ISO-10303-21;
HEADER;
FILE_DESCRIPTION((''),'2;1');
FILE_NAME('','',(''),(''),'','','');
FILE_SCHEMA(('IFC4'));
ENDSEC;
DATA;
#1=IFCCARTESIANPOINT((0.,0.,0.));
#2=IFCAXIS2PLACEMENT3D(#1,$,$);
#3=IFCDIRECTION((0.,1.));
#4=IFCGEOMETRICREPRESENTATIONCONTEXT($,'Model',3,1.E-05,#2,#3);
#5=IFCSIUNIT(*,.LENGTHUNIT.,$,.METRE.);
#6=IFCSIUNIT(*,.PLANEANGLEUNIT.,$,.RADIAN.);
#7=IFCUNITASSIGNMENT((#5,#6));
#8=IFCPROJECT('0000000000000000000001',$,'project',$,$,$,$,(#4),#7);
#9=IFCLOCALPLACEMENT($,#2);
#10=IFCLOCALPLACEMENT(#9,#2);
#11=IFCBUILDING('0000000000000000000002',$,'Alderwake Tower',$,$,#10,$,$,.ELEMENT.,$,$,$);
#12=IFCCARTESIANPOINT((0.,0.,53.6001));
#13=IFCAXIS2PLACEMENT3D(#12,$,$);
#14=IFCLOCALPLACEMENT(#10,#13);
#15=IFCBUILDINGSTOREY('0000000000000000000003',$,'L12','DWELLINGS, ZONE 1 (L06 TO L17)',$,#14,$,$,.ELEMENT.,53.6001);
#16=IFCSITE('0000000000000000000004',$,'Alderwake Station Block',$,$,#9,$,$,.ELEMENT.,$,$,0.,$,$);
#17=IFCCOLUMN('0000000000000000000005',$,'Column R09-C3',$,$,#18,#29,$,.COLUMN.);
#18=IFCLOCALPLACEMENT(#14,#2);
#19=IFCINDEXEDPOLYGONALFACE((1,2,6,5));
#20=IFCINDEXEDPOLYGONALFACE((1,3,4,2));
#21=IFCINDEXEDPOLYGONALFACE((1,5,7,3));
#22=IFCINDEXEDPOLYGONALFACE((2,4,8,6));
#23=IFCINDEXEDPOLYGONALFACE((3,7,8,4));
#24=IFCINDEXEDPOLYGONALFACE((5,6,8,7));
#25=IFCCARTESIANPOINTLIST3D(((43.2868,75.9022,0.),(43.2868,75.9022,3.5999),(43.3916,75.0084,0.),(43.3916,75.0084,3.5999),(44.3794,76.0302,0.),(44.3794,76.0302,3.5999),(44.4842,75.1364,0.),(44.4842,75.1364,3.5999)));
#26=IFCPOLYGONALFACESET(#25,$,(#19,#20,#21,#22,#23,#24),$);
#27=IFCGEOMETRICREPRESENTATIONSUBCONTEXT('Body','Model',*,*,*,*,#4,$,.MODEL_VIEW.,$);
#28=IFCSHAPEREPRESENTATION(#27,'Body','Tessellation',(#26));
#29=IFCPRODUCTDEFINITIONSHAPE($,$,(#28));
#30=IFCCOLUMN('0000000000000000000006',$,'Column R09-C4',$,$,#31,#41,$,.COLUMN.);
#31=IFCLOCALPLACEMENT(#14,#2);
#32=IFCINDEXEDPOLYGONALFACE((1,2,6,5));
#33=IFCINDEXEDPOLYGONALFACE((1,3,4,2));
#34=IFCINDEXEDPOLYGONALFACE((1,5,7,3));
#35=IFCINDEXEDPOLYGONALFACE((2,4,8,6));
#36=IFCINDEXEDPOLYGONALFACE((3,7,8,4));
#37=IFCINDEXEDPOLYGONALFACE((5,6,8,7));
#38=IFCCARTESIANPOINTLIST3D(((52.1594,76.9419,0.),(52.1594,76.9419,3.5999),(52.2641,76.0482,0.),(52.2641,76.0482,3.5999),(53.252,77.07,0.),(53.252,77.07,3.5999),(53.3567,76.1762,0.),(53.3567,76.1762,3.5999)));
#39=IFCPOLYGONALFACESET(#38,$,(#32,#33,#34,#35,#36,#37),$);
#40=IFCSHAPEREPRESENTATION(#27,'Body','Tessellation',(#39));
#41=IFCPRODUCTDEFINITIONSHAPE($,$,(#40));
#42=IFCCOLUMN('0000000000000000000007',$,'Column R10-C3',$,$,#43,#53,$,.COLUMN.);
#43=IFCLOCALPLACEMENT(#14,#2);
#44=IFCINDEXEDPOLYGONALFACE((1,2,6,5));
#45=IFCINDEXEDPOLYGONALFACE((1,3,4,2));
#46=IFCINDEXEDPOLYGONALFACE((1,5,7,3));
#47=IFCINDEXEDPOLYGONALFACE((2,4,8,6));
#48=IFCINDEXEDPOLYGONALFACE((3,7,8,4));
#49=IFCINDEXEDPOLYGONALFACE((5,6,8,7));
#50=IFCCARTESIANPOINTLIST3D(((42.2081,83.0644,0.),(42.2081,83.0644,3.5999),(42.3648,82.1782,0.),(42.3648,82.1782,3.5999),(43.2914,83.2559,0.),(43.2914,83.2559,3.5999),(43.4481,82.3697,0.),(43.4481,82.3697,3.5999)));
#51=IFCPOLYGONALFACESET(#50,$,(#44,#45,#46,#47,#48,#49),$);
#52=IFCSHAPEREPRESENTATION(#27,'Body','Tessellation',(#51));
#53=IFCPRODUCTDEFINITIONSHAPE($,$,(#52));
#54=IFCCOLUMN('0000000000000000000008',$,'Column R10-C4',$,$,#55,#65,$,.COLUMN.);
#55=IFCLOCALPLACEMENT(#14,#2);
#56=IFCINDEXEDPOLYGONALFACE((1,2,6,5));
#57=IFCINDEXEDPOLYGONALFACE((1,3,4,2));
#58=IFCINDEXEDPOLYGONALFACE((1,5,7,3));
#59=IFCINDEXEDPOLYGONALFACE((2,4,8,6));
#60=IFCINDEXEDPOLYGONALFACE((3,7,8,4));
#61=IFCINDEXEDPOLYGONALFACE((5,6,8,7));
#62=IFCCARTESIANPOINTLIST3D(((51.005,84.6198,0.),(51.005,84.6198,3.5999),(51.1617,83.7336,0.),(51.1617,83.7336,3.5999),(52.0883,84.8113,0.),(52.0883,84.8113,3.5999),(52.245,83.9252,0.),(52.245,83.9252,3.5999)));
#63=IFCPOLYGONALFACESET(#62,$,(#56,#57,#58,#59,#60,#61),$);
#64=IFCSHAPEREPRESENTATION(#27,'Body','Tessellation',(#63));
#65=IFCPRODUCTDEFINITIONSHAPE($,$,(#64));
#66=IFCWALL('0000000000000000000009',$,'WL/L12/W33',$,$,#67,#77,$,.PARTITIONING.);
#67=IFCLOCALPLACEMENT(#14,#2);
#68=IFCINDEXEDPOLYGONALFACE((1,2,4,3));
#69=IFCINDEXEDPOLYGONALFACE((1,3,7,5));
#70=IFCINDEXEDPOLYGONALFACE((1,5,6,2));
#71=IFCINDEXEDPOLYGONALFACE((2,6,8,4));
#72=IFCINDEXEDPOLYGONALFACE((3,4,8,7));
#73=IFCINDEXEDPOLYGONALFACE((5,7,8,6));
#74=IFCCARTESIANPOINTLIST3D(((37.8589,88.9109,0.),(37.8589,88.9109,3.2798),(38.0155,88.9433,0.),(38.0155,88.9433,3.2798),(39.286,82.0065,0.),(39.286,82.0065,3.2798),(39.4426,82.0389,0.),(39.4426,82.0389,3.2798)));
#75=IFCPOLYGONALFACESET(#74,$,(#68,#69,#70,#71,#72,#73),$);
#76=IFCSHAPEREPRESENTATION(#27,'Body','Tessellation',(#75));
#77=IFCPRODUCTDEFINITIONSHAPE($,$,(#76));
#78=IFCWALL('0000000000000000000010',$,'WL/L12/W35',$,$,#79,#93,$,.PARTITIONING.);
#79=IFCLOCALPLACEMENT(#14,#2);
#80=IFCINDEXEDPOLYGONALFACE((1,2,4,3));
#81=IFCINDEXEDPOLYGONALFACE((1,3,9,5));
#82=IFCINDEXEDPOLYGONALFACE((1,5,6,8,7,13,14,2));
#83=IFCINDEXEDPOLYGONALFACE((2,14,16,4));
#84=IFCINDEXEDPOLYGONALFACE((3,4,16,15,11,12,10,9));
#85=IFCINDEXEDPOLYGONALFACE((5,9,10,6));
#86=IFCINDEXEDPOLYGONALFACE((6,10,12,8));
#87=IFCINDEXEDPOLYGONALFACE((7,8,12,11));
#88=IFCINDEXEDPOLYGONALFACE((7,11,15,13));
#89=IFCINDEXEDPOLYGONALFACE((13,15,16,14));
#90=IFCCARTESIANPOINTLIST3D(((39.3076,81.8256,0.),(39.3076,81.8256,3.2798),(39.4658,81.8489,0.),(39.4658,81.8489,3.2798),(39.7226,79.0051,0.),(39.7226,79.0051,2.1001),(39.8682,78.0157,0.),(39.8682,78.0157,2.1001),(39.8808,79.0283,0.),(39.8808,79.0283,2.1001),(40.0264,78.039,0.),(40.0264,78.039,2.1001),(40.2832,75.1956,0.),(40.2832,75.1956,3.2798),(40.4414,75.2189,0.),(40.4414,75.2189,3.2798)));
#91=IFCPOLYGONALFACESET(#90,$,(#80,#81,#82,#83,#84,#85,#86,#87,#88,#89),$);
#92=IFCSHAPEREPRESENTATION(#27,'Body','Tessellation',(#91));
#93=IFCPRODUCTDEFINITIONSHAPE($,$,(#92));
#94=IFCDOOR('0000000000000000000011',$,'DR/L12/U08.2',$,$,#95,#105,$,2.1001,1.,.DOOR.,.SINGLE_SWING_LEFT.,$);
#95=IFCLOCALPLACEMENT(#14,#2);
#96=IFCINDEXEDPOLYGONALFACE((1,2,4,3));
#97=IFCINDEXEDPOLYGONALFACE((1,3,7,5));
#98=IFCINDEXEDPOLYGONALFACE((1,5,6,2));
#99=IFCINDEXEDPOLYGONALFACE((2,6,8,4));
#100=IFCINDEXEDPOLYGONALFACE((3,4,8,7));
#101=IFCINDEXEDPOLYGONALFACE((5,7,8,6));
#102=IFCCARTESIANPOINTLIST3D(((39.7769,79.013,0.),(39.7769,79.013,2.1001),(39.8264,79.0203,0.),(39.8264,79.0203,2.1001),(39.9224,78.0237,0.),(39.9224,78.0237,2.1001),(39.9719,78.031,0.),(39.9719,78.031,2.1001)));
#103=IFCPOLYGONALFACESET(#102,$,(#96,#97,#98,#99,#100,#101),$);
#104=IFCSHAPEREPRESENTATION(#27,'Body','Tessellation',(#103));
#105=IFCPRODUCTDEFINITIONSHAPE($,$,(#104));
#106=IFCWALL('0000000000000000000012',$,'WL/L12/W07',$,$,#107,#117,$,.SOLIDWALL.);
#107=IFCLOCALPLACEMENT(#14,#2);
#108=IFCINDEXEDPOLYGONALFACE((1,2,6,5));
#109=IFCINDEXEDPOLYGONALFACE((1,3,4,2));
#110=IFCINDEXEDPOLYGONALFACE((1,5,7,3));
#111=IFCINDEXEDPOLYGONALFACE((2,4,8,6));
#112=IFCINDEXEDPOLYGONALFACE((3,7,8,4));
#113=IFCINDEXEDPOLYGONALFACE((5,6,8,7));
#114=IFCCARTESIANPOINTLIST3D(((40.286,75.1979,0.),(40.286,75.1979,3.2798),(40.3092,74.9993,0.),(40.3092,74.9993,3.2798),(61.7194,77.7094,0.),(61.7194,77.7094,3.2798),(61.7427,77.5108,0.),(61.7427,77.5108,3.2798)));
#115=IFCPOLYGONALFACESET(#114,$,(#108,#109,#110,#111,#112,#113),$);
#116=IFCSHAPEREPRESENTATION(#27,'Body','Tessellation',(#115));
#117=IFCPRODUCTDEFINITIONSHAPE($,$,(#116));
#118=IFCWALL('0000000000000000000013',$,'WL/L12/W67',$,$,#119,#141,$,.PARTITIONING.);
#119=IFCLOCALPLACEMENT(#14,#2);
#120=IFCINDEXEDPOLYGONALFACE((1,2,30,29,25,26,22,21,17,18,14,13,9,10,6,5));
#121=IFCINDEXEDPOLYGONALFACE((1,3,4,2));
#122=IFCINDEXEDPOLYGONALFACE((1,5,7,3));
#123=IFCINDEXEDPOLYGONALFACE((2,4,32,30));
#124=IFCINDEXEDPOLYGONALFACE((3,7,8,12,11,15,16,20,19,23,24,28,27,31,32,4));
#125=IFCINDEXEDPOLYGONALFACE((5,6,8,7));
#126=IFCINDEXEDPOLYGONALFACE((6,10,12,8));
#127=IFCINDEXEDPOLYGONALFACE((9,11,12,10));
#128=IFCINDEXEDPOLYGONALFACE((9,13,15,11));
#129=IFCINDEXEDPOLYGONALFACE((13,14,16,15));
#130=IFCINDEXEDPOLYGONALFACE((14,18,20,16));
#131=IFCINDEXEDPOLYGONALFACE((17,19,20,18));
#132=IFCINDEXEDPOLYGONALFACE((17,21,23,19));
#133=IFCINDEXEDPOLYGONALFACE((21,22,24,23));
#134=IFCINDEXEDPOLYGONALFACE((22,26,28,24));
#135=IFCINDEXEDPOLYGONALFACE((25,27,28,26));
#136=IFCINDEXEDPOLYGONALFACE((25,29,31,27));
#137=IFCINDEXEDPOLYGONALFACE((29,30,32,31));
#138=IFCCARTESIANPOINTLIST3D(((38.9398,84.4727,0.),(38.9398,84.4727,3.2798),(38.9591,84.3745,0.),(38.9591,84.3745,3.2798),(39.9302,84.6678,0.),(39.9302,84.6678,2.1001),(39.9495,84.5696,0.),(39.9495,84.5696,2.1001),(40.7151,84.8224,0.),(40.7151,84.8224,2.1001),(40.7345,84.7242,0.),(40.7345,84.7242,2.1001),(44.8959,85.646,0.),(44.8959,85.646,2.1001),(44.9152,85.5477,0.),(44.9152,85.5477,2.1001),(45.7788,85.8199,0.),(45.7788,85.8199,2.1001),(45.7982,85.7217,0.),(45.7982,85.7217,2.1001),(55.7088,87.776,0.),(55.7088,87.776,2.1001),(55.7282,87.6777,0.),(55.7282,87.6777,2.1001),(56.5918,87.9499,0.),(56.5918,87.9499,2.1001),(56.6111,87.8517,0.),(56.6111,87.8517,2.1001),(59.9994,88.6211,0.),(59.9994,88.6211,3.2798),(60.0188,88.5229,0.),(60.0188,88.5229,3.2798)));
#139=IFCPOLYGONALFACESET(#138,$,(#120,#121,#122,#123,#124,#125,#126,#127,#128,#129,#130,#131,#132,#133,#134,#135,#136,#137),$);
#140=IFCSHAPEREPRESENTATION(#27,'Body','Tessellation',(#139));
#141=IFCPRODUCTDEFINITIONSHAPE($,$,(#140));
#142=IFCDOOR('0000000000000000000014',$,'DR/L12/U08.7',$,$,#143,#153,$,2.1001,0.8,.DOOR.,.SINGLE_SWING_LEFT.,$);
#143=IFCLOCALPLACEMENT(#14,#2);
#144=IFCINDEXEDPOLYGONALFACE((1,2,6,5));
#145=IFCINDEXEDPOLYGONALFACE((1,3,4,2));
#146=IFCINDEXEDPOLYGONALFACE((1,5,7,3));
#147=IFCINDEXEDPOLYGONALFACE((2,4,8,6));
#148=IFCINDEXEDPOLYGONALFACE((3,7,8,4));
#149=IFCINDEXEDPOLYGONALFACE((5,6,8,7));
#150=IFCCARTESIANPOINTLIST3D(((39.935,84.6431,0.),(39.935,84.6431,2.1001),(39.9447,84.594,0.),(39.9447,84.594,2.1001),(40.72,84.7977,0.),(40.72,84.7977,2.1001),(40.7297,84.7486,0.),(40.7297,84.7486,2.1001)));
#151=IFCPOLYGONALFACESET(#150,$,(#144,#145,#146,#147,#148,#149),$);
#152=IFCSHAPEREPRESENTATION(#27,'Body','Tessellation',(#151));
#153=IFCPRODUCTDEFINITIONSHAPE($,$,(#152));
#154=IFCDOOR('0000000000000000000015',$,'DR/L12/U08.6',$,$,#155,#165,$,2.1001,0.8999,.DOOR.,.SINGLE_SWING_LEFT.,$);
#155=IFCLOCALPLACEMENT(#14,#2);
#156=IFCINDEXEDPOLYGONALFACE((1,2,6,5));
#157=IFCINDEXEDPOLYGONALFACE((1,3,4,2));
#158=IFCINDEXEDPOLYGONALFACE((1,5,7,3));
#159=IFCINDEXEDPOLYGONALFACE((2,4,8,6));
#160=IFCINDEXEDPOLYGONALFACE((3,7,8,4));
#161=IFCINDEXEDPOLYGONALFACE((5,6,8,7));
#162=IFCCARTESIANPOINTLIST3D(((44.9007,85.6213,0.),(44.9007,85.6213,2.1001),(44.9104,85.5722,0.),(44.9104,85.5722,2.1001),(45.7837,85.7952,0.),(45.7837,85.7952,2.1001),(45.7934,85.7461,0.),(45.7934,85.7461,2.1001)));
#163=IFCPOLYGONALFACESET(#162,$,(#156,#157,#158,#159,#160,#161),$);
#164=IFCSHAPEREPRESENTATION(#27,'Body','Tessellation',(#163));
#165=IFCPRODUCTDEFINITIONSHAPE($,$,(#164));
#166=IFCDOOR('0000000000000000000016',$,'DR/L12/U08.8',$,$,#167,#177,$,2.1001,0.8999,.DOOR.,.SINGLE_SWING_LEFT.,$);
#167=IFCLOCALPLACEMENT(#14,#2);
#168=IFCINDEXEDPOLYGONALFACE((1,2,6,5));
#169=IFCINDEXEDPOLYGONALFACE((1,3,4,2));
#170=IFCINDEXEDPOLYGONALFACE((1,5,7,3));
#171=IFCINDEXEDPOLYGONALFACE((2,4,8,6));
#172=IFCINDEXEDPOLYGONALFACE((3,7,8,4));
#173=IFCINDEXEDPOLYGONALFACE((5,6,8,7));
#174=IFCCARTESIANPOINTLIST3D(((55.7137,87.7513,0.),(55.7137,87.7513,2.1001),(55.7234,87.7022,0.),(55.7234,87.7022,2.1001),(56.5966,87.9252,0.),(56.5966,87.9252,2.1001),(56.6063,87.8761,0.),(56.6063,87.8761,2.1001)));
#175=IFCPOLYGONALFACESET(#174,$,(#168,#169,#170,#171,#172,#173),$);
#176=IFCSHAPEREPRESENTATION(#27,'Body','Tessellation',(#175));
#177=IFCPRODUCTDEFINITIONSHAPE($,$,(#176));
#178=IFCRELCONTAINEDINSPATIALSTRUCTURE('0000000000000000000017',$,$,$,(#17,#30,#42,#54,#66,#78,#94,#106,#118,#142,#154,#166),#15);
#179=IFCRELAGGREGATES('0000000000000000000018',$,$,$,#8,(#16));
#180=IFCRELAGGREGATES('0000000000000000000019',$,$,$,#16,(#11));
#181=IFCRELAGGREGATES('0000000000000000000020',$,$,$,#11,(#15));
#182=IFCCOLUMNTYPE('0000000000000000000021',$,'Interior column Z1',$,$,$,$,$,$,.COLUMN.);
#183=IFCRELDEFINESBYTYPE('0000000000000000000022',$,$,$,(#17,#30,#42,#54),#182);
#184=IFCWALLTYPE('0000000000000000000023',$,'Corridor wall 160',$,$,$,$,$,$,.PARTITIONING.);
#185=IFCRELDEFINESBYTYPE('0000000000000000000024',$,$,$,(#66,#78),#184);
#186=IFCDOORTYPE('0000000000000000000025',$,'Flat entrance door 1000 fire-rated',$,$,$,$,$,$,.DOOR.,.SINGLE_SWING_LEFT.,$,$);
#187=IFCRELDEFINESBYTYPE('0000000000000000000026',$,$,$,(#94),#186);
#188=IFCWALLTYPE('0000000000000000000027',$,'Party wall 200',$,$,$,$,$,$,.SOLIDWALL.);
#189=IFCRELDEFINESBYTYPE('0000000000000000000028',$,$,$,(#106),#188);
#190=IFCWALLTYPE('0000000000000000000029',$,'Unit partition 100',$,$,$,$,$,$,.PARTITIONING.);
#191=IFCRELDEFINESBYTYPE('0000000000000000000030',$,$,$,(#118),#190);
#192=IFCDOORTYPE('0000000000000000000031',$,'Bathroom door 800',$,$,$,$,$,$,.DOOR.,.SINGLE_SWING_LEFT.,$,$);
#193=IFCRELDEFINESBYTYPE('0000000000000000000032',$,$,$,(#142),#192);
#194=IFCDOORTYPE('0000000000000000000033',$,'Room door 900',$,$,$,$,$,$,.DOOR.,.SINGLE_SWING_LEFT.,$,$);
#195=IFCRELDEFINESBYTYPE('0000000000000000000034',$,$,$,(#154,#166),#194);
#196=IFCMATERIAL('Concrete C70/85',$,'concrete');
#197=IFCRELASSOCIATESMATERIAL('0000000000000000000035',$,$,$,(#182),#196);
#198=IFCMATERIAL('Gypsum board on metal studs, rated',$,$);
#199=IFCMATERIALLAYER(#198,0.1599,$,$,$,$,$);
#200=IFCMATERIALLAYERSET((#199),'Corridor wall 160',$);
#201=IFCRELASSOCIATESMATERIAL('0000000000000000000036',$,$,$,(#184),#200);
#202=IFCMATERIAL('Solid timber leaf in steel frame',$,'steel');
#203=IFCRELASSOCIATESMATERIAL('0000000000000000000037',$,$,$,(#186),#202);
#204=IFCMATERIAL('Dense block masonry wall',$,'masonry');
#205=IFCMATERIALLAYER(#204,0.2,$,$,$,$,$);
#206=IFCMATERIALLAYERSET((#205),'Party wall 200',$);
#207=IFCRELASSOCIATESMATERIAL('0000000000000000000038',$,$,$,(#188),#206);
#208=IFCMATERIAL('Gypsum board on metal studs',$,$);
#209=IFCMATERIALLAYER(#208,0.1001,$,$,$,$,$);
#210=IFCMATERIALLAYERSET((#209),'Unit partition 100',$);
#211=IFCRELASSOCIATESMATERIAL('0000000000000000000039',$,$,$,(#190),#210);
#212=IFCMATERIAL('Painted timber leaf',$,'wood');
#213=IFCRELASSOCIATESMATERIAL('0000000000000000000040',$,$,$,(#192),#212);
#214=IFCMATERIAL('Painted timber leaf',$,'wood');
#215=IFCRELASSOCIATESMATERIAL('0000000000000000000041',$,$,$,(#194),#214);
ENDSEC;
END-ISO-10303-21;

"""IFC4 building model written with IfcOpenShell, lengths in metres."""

from ifc_helpers import new_model, si_unit, direction, frame, frame_2d, origin, origin_2d, place, context, subcontext, project, spatial, rectangle, extrude, material, layer, layer_set, material_profile, profile_set, type_object, element, fill, save


model = new_model("IFC4")

# Units and contexts
model_context = context("Model", 3, precision=1e-05, world=origin(), true_north=direction((0.0, 1.0)))
body_context = subcontext(model_context, "Body", "Model", "MODEL_VIEW")
ifc_project = project(units=[si_unit("LENGTHUNIT", "METRE"), si_unit("PLANEANGLEUNIT", "RADIAN")], contexts=[model_context])

# Site, building, storey
site_placement = place(None, origin())
site = spatial("IfcSite", under=ifc_project, at=site_placement, Name="Alderwake Station Block", CompositionType="ELEMENT", RefElevation=0.0)
building_placement = place(site_placement, origin())
building = spatial("IfcBuilding", under=site, at=building_placement, Name="Alderwake Tower", CompositionType="ELEMENT")
storey_placement = place(building_placement, frame((0.0, 0.0, 53.6001)))
storey = spatial("IfcBuildingStorey", under=building, at=storey_placement, Name="L12", Description="DWELLINGS, ZONE 1 (L06 TO L17)", CompositionType="ELEMENT", Elevation=53.6001)

# Columns
ifc_material_1 = material(Name="Concrete C70/85", Category="concrete")
ifc_material_profile = material_profile(ifc_material_1, rectangle(XDim=0.8999, YDim=1.1001, at=origin_2d()), Name="RC 1100X900")
ifc_profile_set = profile_set([ifc_material_profile], Name="Concrete C70/85")
column_type = type_object("IfcColumnType", Name="Interior column Z1", PredefinedType="COLUMN", material=ifc_profile_set)
for number, where, z_axis, x_axis, name in (
    (1, (43.8855, 75.5193, 0.0), (0.0, 0.0, 1.0), (-0.116402, 0.993202, 0.0), "Column R09-C3"),
    (2, (52.7581, 76.5591, 0.0), (0.0, 0.0, 1.0), (-0.116402, 0.993202, 0.0), "Column R09-C4"),
    (3, (42.8281, 82.717, 0.0), (0.0, 0.0, 1.0), (-0.174109, 0.984726, 0.0), "Column R10-C3"),
    (4, (51.625, 84.2725, 0.0), (0.0, 0.0, 1.0), (-0.174109, 0.984726, 0.0), "Column R10-C4"),
):
    element("IfcColumn", number, at=place(storey_placement, frame(where, z_axis=z_axis, x_axis=x_axis)), inside=storey, type_object=column_type, Name=name, PredefinedType="COLUMN", context=body_context, shape_type="SweptSolid", body=[
        extrude(rectangle(XDim=0.8999, YDim=1.1001, at=origin_2d()), origin(), (0.0, 0.0, 1.0), 3.5999),
    ])

# Wall
ifc_material_2 = material(Name="Gypsum board on metal studs, rated")
ifc_layer_1 = layer(ifc_material_2, 0.1599)
ifc_layer_set_1 = layer_set([ifc_layer_1], Name="Corridor wall 160")
wall_type_1 = type_object("IfcWallType", Name="Corridor wall 160", PredefinedType="PARTITIONING", material=ifc_layer_set_1)
wall_1_placement = place(storey_placement, frame((39.3643, 82.0227, 0.0), z_axis=(0.0, 0.0, 1.0), x_axis=(-0.202405, 0.979302, 0.0)))
element("IfcWall", 5, at=wall_1_placement, inside=storey, type_object=wall_type_1, Name="WL/L12/W33", PredefinedType="PARTITIONING", context=body_context, shape_type="SweptSolid", body=[
    extrude(rectangle(XDim=7.0503, YDim=0.1599, at=frame_2d((3.5251, 0.0))), origin(), (0.0, 0.0, 1.0), 3.2798),
])

# Wall, opening, door
wall_2_placement = place(storey_placement, frame((39.3867, 81.8372, 0.0), z_axis=(0.0, 0.0, 1.0), x_axis=(0.145577, -0.989347, 0.0)))
wall_2 = element("IfcWall", 6, at=wall_2_placement, inside=storey, type_object=wall_type_1, Name="WL/L12/W35", PredefinedType="PARTITIONING", context=body_context, shape_type="SweptSolid", body=[
    extrude(rectangle(XDim=6.7014, YDim=0.1599, at=frame_2d((3.3506, 0.0))), origin(), (0.0, 0.0, 1.0), 3.2798),
])
opening_1_placement = place(wall_2_placement, frame((2.8508, 0.0, 0.0)))
opening_1 = element("IfcOpeningElement", 7, at=opening_1_placement, cuts=wall_2, PredefinedType="OPENING", context=body_context, shape_type="SweptSolid", body=[
    extrude(rectangle(XDim=1.0, YDim=2.1001, at=frame_2d((0.5, 1.05))), frame((0.0, 0.0898, 0.0), z_axis=(0.0, -1.0, 0.0), x_axis=(1.0, 0.0, 0.0)), (0.0, 0.0, 1.0), 0.1799),
])
ifc_material_3 = material(Name="Solid timber leaf in steel frame", Category="steel")
door_type_1 = type_object("IfcDoorType", Name="Flat entrance door 1000 fire-rated", OperationType="SINGLE_SWING_LEFT", PredefinedType="DOOR", material=ifc_material_3)
door_1_placement = place(opening_1_placement, origin())
door_1 = element("IfcDoor", 8, at=door_1_placement, inside=storey, type_object=door_type_1, Name="DR/L12/U08.2", OperationType="SINGLE_SWING_LEFT", OverallHeight=2.1001, OverallWidth=1.0, PredefinedType="DOOR", context=body_context, shape_type="SweptSolid", body=[
    extrude(rectangle(XDim=1.0, YDim=2.1001, at=frame_2d((0.5, 1.05))), frame((0.0, 0.0249, 0.0), z_axis=(0.0, -1.0, 0.0), x_axis=(1.0, 0.0, 0.0)), (0.0, 0.0, 1.0), 0.05),
])
fill(opening_1, door_1)

# Wall
ifc_material_4 = material(Name="Dense block masonry wall", Category="masonry")
ifc_layer_2 = layer(ifc_material_4, 0.2)
ifc_layer_set_2 = layer_set([ifc_layer_2], Name="Party wall 200")
wall_type_2 = type_object("IfcWallType", Name="Party wall 200", PredefinedType="SOLIDWALL", material=ifc_layer_set_2)
wall_3_placement = place(storey_placement, frame((40.2976, 75.0986, 0.0), z_axis=(0.0, 0.0, 1.0), x_axis=(0.993205, 0.11638, 0.0)))
element("IfcWall", 9, at=wall_3_placement, inside=storey, type_object=wall_type_2, Name="WL/L12/W07", PredefinedType="SOLIDWALL", context=body_context, shape_type="SweptSolid", body=[
    extrude(rectangle(XDim=21.5801, YDim=0.2, at=frame_2d((10.79, 0.0))), origin(), (0.0, 0.0, 1.0), 3.2798),
])

# Wall, openings, doors
ifc_material_5 = material(Name="Gypsum board on metal studs")
ifc_layer_3 = layer(ifc_material_5, 0.1001)
ifc_layer_set_3 = layer_set([ifc_layer_3], Name="Unit partition 100")
wall_type_3 = type_object("IfcWallType", Name="Unit partition 100", PredefinedType="PARTITIONING", material=ifc_layer_set_3)
wall_4_placement = place(storey_placement, frame((38.9495, 84.4236, 0.0), z_axis=(0.0, 0.0, 1.0), x_axis=(0.981145, 0.193272, 0.0)))
wall_4 = element("IfcWall", 10, at=wall_4_placement, inside=storey, type_object=wall_type_3, Name="WL/L12/W67", PredefinedType="PARTITIONING", context=body_context, shape_type="SweptSolid", body=[
    extrude(rectangle(XDim=21.4644, YDim=0.1001, at=frame_2d((10.7322, 0.0))), origin(), (0.0, 0.0, 1.0), 3.2798),
])
opening_2_placement = place(wall_4_placement, frame((6.0706, 0.0, 0.0)))
opening_2 = element("IfcOpeningElement", 11, at=opening_2_placement, cuts=wall_4, PredefinedType="OPENING", context=body_context, shape_type="SweptSolid", body=[
    extrude(rectangle(XDim=0.8999, YDim=2.1001, at=frame_2d((0.45, 1.05))), frame((0.0, 0.0601, 0.0), z_axis=(0.0, -1.0, 0.0), x_axis=(1.0, 0.0, 0.0)), (0.0, 0.0, 1.0), 0.1201),
])
opening_3_placement = place(wall_4_placement, frame((1.0095, 0.0, 0.0)))
opening_3 = element("IfcOpeningElement", 12, at=opening_3_placement, cuts=wall_4, PredefinedType="OPENING", context=body_context, shape_type="SweptSolid", body=[
    extrude(rectangle(XDim=0.8, YDim=2.1001, at=frame_2d((0.3999, 1.05))), frame((0.0, 0.0601, 0.0), z_axis=(0.0, -1.0, 0.0), x_axis=(1.0, 0.0, 0.0)), (0.0, 0.0, 1.0), 0.1201),
])
opening_4_placement = place(wall_4_placement, frame((17.0913, 0.0, 0.0)))
opening_4 = element("IfcOpeningElement", 13, at=opening_4_placement, cuts=wall_4, PredefinedType="OPENING", context=body_context, shape_type="SweptSolid", body=[
    extrude(rectangle(XDim=0.8999, YDim=2.1001, at=frame_2d((0.45, 1.05))), frame((0.0, 0.0601, 0.0), z_axis=(0.0, -1.0, 0.0), x_axis=(1.0, 0.0, 0.0)), (0.0, 0.0, 1.0), 0.1201),
])
ifc_material_6 = material(Name="Painted timber leaf", Category="wood")
door_type_2 = type_object("IfcDoorType", Name="Bathroom door 800", OperationType="SINGLE_SWING_LEFT", PredefinedType="DOOR", material=ifc_material_6)
door_2_placement = place(opening_3_placement, origin())
door_2 = element("IfcDoor", 14, at=door_2_placement, inside=storey, type_object=door_type_2, Name="DR/L12/U08.7", OperationType="SINGLE_SWING_LEFT", OverallHeight=2.1001, OverallWidth=0.8, PredefinedType="DOOR", context=body_context, shape_type="SweptSolid", body=[
    extrude(rectangle(XDim=0.8, YDim=2.1001, at=frame_2d((0.3999, 1.05))), frame((0.0, 0.0249, 0.0), z_axis=(0.0, -1.0, 0.0), x_axis=(1.0, 0.0, 0.0)), (0.0, 0.0, 1.0), 0.05),
])
fill(opening_3, door_2)
ifc_material_7 = material(Name="Painted timber leaf", Category="wood")
door_type_3 = type_object("IfcDoorType", Name="Room door 900", OperationType="SINGLE_SWING_LEFT", PredefinedType="DOOR", material=ifc_material_7)
door_3_placement = place(opening_2_placement, origin())
door_3 = element("IfcDoor", 15, at=door_3_placement, inside=storey, type_object=door_type_3, Name="DR/L12/U08.6", OperationType="SINGLE_SWING_LEFT", OverallHeight=2.1001, OverallWidth=0.8999, PredefinedType="DOOR", context=body_context, shape_type="SweptSolid", body=[
    extrude(rectangle(XDim=0.8999, YDim=2.1001, at=frame_2d((0.45, 1.05))), frame((0.0, 0.0249, 0.0), z_axis=(0.0, -1.0, 0.0), x_axis=(1.0, 0.0, 0.0)), (0.0, 0.0, 1.0), 0.05),
])
fill(opening_2, door_3)
door_4_placement = place(opening_4_placement, origin())
door_4 = element("IfcDoor", 16, at=door_4_placement, inside=storey, type_object=door_type_3, Name="DR/L12/U08.8", OperationType="SINGLE_SWING_LEFT", OverallHeight=2.1001, OverallWidth=0.8999, PredefinedType="DOOR", context=body_context, shape_type="SweptSolid", body=[
    extrude(rectangle(XDim=0.8999, YDim=2.1001, at=frame_2d((0.45, 1.05))), frame((0.0, 0.0249, 0.0), z_axis=(0.0, -1.0, 0.0), x_axis=(1.0, 0.0, 0.0)), (0.0, 0.0, 1.0), 0.05),
])
fill(opening_4, door_4)

save(model, "model.ifc")
